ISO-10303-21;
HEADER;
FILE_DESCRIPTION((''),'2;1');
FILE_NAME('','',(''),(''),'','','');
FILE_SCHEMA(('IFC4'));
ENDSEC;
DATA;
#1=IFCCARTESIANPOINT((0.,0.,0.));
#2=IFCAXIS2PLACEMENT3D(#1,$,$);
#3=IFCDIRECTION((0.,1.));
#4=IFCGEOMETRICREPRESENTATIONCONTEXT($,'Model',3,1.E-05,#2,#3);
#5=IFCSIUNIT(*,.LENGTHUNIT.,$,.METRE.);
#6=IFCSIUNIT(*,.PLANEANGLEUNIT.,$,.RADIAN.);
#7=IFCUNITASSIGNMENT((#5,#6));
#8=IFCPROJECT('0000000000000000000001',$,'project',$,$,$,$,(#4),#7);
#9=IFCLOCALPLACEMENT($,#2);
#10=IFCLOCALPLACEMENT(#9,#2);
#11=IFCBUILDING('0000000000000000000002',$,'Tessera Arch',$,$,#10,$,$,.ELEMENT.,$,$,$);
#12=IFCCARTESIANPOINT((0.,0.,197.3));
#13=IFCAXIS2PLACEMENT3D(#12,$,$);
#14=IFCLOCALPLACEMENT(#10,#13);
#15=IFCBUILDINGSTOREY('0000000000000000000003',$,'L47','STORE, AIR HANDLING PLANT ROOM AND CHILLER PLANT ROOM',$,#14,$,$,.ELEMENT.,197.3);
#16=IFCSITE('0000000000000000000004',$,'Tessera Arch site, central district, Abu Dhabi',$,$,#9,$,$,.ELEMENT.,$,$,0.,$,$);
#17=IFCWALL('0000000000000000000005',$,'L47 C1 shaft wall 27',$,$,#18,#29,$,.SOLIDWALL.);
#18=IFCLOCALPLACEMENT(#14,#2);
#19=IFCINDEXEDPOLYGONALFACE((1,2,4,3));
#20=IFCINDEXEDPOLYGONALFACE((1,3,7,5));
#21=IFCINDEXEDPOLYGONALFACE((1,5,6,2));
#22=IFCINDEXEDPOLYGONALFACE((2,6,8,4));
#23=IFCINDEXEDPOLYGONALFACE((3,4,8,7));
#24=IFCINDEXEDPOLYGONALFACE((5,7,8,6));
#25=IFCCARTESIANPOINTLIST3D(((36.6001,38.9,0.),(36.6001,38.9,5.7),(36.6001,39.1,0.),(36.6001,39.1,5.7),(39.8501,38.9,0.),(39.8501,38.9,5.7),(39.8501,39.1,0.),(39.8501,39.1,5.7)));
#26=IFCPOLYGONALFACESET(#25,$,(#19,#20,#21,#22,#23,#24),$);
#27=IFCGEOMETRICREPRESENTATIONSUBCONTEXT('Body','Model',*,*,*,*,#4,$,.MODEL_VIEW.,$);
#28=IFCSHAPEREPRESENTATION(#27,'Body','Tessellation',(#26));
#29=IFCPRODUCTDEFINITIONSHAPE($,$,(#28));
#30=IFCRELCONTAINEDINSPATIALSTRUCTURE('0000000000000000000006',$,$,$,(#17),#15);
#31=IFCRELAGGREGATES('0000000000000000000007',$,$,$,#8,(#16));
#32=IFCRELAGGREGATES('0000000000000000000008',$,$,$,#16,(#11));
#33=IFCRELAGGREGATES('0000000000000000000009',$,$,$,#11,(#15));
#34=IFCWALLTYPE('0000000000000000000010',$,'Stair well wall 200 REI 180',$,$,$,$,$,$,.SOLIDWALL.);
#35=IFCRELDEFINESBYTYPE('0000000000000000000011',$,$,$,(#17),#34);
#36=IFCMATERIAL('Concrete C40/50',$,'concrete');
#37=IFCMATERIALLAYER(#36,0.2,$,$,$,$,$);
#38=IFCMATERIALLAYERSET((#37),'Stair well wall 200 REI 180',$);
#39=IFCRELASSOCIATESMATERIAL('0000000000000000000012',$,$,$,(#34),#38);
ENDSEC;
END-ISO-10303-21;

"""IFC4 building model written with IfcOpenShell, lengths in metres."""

from ifc_helpers import new_model, si_unit, direction, frame, frame_2d, origin, place, context, subcontext, project, spatial, rectangle, extrude, material, layer, layer_set, type_object, element, save


model = new_model("IFC4")

# Units and contexts
model_context = context("Model", 3, precision=1e-05, world=origin(), true_north=direction((0.0, 1.0)))
body_context = subcontext(model_context, "Body", "Model", "MODEL_VIEW")
ifc_project = project(units=[si_unit("LENGTHUNIT", "METRE"), si_unit("PLANEANGLEUNIT", "RADIAN")], contexts=[model_context])

# Site, building, storey
site_placement = place(None, origin())
site = spatial("IfcSite", under=ifc_project, at=site_placement, Name="Tessera Arch site, central district, Abu Dhabi", CompositionType="ELEMENT", RefElevation=0.0)
building_placement = place(site_placement, origin())
building = spatial("IfcBuilding", under=site, at=building_placement, Name="Tessera Arch", CompositionType="ELEMENT")
storey_placement = place(building_placement, frame((0.0, 0.0, 197.3)))
storey = spatial("IfcBuildingStorey", under=building, at=storey_placement, Name="L47", Description="STORE, AIR HANDLING PLANT ROOM AND CHILLER PLANT ROOM", CompositionType="ELEMENT", Elevation=197.3)

# Wall
ifc_material_1 = material(Name="Concrete C40/50", Category="concrete")
ifc_layer_1 = layer(ifc_material_1, 0.2)
ifc_layer_set_1 = layer_set([ifc_layer_1], Name="Stair well wall 200 REI 180")
wall_type_1 = type_object("IfcWallType", Name="Stair well wall 200 REI 180", PredefinedType="SOLIDWALL", material=ifc_layer_set_1)
wall_1_placement = place(storey_placement, frame((36.6001, 39.0, 0.0), z_axis=(0.0, 0.0, 1.0), x_axis=(1.0, 0.0, 0.0)))
element("IfcWall", 1, at=wall_1_placement, inside=storey, type_object=wall_type_1, Name="L47 C1 shaft wall 27", PredefinedType="SOLIDWALL", context=body_context, shape_type="SweptSolid", body=[
    extrude(rectangle(XDim=3.25, YDim=0.2, at=frame_2d((1.625, 0.0))), origin(), (0.0, 0.0, 1.0), 5.7),
])

save(model, "model.ifc")
